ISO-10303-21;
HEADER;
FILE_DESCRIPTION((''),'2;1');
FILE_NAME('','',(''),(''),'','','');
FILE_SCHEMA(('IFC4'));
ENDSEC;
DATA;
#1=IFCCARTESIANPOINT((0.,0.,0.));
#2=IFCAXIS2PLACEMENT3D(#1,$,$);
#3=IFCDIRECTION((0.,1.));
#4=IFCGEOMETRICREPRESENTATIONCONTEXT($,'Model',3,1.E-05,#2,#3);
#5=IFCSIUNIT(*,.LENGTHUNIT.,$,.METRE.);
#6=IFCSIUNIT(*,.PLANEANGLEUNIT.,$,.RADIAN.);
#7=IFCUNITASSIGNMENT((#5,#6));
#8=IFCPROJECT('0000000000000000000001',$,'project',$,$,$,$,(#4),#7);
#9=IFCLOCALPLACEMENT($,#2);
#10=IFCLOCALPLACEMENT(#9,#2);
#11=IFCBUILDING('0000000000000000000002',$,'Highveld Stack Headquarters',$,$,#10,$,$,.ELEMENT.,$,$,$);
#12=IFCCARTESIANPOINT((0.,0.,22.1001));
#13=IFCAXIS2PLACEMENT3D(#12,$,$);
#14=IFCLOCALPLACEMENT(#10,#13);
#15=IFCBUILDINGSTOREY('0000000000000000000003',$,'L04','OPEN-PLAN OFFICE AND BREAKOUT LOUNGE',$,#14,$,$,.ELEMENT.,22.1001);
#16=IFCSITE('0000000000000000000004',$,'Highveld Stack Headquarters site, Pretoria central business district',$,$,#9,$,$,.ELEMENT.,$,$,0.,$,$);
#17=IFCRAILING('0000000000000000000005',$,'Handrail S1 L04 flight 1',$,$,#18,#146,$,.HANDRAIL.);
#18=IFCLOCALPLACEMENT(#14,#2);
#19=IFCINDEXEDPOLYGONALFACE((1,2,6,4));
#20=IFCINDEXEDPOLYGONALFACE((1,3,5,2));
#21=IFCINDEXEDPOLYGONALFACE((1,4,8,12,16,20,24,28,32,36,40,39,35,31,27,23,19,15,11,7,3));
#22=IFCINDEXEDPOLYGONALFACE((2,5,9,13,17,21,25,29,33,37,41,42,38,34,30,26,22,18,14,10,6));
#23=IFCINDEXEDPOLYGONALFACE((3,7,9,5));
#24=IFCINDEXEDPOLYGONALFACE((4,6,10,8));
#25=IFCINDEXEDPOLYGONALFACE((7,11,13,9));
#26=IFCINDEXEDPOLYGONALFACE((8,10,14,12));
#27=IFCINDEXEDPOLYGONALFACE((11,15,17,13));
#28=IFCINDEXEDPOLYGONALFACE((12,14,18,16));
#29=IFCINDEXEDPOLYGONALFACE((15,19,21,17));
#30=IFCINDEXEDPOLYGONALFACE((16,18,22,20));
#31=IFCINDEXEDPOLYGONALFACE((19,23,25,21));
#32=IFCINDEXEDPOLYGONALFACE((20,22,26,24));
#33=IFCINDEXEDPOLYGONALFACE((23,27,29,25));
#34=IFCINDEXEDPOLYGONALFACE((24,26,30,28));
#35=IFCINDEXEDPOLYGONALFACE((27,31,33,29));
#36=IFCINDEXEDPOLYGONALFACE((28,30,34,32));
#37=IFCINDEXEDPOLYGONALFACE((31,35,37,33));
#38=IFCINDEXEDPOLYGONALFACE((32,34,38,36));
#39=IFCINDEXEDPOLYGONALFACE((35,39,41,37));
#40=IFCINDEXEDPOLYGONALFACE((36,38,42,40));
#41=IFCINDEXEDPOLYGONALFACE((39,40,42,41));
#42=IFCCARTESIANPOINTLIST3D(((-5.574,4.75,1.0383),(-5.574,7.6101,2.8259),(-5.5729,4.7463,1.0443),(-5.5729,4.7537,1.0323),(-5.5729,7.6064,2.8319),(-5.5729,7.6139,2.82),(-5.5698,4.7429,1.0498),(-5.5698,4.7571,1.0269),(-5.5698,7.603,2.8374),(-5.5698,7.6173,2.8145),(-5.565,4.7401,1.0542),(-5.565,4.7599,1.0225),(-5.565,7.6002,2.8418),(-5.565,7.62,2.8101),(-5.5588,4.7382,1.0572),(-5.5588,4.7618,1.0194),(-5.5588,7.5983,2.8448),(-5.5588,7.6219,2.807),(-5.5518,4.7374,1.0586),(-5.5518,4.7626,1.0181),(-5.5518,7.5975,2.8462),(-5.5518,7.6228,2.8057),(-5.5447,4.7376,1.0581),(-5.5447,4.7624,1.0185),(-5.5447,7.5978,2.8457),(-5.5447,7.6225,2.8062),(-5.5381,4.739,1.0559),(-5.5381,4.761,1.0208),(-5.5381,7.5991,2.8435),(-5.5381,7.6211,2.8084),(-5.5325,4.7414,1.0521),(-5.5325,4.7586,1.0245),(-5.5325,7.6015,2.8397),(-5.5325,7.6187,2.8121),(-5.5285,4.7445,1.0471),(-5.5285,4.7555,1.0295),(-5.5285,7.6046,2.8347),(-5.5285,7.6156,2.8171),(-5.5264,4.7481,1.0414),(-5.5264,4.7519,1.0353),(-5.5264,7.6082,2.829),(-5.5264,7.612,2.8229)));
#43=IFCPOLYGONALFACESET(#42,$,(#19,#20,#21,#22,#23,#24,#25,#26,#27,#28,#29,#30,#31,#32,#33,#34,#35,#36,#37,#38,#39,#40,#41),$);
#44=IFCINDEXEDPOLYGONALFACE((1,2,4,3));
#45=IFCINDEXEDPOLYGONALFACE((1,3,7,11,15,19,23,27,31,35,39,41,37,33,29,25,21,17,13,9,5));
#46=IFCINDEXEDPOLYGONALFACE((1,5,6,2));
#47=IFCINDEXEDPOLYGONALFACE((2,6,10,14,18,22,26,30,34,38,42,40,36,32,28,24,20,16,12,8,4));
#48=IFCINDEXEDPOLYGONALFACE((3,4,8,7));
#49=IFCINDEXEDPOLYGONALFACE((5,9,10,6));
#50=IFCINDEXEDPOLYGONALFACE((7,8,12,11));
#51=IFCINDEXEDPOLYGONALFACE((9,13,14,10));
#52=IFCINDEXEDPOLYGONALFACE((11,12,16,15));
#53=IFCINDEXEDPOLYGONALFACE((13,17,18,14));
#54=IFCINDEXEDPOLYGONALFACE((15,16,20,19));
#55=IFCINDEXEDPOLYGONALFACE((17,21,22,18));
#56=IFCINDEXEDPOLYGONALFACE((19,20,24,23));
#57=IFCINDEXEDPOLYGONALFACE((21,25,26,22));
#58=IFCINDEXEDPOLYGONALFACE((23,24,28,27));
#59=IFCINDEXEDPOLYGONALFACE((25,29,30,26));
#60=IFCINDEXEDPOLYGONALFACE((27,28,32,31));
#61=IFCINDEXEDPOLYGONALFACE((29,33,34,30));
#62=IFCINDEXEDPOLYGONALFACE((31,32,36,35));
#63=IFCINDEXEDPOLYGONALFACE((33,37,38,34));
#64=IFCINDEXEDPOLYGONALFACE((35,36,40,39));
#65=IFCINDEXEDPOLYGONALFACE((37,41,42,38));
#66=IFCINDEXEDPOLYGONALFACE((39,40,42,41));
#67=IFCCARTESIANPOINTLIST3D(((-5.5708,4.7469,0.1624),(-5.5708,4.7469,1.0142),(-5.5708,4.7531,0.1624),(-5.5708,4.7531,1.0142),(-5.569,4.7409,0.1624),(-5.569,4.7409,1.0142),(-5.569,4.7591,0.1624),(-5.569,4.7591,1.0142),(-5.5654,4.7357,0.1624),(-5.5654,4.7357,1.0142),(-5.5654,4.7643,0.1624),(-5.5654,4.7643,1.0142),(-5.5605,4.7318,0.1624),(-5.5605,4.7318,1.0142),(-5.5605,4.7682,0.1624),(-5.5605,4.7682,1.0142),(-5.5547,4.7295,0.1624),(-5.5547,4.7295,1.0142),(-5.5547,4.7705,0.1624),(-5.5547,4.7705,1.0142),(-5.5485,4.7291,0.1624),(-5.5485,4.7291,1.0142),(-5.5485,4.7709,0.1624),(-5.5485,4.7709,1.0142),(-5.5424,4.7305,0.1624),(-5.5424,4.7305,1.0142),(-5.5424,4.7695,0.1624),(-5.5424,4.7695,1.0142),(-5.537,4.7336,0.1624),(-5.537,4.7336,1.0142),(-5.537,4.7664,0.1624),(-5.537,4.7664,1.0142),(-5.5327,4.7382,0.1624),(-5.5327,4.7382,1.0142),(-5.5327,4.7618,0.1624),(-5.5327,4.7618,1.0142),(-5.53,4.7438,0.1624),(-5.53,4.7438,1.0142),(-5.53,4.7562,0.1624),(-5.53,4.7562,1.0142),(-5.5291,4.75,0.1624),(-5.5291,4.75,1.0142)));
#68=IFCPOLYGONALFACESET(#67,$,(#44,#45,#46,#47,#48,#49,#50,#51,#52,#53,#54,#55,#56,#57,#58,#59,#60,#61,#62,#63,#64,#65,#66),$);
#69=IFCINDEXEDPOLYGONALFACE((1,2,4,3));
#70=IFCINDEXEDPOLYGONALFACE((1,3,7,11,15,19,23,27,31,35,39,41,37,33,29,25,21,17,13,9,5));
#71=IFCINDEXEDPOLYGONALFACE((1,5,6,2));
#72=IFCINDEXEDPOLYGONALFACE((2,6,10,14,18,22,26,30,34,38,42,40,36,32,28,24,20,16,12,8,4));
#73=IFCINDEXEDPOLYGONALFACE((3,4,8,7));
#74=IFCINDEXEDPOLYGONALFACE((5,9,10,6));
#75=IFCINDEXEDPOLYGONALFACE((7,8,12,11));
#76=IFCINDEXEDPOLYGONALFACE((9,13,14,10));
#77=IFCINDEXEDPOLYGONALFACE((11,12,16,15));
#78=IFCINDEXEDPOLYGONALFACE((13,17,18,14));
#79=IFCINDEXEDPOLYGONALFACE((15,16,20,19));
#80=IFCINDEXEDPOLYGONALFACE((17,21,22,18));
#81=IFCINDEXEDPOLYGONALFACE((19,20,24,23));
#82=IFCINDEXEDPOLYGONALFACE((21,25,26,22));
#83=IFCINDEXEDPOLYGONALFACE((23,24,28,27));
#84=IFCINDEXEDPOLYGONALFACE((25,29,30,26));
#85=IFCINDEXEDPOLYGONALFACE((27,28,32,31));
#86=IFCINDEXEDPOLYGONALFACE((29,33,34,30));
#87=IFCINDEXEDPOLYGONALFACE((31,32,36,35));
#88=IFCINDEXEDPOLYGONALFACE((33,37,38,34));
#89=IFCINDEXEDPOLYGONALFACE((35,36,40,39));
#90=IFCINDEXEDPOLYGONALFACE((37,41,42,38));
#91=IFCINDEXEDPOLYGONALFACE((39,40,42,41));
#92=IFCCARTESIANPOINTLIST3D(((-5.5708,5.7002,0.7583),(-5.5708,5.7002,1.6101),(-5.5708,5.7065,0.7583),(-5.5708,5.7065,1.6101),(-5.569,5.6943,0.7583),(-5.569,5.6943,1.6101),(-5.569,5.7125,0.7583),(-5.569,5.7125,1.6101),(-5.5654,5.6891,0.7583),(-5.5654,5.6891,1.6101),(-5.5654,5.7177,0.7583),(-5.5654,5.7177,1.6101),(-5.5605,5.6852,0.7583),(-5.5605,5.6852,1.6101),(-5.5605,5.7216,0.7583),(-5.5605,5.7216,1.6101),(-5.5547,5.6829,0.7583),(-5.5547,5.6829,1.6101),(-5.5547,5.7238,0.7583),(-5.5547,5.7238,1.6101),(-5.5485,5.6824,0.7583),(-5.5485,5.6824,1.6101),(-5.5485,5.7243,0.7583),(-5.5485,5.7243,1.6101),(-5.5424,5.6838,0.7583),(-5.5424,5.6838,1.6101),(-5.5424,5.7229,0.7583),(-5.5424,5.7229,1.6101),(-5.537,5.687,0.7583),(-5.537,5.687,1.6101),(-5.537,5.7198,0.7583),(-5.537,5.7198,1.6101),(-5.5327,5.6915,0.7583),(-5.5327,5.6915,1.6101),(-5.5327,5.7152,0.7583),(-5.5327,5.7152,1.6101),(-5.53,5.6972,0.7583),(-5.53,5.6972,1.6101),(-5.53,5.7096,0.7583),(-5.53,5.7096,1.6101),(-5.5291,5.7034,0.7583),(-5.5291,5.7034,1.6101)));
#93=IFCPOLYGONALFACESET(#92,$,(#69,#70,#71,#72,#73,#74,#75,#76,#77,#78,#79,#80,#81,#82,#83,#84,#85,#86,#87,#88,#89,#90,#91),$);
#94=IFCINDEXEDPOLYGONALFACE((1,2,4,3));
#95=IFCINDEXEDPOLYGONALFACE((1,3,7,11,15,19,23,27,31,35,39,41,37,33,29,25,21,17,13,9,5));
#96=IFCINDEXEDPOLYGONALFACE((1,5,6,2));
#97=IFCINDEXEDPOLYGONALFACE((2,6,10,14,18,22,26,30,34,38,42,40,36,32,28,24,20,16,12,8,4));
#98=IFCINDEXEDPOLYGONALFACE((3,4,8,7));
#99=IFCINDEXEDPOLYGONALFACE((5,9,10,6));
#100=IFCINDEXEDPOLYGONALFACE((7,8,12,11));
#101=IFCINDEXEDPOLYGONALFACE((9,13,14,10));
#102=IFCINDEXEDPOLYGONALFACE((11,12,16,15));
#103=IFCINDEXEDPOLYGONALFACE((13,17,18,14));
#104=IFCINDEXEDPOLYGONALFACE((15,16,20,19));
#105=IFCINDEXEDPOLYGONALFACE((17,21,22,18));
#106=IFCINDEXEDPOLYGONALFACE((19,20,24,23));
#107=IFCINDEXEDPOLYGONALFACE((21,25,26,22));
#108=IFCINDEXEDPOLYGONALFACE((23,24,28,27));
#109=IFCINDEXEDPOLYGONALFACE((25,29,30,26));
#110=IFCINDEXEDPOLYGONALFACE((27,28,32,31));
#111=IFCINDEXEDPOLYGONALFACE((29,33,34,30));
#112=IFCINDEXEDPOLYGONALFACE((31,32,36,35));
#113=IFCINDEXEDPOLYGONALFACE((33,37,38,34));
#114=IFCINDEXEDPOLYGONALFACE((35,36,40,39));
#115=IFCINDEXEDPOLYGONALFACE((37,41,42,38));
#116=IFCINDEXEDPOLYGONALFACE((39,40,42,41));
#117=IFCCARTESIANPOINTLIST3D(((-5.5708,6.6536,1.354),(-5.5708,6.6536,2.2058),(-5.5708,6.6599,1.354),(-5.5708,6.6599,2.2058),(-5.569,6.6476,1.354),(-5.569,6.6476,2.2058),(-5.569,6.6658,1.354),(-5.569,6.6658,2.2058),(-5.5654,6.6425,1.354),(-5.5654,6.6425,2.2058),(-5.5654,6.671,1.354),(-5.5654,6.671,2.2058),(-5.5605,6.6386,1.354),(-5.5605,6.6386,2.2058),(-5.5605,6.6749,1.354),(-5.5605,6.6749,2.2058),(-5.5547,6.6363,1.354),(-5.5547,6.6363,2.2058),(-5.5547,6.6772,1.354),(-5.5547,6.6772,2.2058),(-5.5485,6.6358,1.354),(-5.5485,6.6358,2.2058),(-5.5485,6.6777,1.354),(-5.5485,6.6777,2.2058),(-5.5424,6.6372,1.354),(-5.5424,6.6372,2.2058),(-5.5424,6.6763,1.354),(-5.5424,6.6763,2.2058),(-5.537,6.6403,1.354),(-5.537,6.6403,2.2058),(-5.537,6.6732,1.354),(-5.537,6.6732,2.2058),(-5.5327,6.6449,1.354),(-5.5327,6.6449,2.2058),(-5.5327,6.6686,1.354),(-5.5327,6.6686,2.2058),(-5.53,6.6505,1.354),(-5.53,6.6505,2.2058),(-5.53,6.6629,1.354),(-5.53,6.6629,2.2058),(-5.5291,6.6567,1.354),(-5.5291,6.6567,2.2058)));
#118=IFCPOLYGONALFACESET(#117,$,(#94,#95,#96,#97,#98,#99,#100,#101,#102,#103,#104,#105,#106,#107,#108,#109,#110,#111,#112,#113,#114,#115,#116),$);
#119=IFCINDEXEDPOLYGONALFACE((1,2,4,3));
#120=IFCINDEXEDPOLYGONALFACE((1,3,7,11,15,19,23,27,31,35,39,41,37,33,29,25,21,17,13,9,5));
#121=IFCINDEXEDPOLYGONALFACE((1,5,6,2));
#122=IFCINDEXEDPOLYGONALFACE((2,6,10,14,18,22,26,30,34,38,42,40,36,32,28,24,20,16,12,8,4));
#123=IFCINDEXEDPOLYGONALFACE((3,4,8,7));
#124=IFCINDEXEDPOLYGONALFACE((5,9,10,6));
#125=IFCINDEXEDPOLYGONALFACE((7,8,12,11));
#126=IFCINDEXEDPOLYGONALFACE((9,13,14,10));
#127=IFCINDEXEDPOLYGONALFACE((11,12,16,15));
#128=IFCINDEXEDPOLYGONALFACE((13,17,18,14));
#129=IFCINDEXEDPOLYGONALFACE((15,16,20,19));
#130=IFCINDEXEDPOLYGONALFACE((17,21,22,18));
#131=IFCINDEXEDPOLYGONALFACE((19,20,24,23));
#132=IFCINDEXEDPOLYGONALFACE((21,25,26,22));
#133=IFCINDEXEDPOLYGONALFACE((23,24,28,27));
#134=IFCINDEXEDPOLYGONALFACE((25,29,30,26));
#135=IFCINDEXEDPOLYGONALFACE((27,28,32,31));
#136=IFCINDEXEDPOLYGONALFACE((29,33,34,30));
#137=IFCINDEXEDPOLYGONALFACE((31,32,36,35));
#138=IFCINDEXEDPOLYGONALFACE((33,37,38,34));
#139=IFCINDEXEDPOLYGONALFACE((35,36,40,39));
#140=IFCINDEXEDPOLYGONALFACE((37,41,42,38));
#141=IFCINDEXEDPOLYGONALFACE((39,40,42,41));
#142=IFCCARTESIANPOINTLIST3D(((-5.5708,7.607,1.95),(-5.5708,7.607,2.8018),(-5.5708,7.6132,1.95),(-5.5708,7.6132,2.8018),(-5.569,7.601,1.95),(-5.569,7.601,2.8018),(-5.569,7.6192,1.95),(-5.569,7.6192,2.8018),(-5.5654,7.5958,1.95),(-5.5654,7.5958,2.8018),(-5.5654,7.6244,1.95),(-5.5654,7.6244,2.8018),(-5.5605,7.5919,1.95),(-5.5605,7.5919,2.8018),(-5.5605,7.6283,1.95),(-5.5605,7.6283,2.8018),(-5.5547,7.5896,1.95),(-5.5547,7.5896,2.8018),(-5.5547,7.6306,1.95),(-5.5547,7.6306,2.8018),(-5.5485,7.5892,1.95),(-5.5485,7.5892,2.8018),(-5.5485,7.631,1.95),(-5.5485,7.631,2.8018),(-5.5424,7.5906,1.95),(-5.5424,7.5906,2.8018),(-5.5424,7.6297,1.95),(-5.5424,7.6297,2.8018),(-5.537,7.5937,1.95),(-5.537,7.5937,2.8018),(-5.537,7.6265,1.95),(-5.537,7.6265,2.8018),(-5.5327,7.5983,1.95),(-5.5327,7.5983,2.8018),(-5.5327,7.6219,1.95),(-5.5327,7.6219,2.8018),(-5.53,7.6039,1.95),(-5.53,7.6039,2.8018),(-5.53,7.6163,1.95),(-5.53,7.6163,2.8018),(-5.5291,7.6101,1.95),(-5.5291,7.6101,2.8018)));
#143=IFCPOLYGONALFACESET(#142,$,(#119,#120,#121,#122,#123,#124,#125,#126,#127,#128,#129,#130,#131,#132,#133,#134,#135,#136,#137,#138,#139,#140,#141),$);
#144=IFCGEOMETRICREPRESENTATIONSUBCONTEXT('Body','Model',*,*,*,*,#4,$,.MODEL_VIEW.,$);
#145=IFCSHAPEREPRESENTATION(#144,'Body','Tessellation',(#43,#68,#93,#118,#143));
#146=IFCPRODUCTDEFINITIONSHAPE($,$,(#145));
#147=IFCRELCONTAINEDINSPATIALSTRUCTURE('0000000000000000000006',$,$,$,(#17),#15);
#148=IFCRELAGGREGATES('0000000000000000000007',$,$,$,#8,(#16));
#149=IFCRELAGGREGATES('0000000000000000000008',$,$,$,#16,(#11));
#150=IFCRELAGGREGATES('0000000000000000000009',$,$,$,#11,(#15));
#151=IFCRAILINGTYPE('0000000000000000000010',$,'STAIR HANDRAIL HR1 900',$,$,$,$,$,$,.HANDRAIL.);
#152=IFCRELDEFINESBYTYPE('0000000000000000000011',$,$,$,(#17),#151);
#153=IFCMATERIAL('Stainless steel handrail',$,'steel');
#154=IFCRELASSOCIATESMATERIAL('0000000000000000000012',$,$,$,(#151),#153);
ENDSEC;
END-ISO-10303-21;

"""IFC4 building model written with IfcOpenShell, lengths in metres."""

from ifc_helpers import new_model, si_unit, direction, frame, origin, origin_2d, place, context, subcontext, project, spatial, circle, extrude, material, type_object, element, save


model = new_model("IFC4")

# Units and contexts
model_context = context("Model", 3, precision=1e-05, world=origin(), true_north=direction((0.0, 1.0)))
body_context = subcontext(model_context, "Body", "Model", "MODEL_VIEW")
ifc_project = project(units=[si_unit("LENGTHUNIT", "METRE"), si_unit("PLANEANGLEUNIT", "RADIAN")], contexts=[model_context])

# Site, building, storey
site_placement = place(None, origin())
site = spatial("IfcSite", under=ifc_project, at=site_placement, Name="Highveld Stack Headquarters site, Pretoria central business district", CompositionType="ELEMENT", RefElevation=0.0)
building_placement = place(site_placement, origin())
building = spatial("IfcBuilding", under=site, at=building_placement, Name="Highveld Stack Headquarters", CompositionType="ELEMENT")
storey_placement = place(building_placement, frame((0.0, 0.0, 22.1001)))
storey = spatial("IfcBuildingStorey", under=building, at=storey_placement, Name="L04", Description="OPEN-PLAN OFFICE AND BREAKOUT LOUNGE", CompositionType="ELEMENT", Elevation=22.1001)

# Railing
ifc_material_1 = material(Name="Stainless steel handrail", Category="steel")
railing_type = type_object("IfcRailingType", Name="STAIR HANDRAIL HR1 900", PredefinedType="HANDRAIL", material=ifc_material_1)
for number, where, name in (
    (1, (-5.55, 4.75, 0.1624), "Handrail S1 L04 flight 1"),
):
    element("IfcRailing", number, at=place(storey_placement, frame(where)), inside=storey, type_object=railing_type, Name=name, PredefinedType="HANDRAIL", context=body_context, shape_type="SweptSolid", body=[
        extrude(circle(Radius=0.0239, at=origin_2d()), frame((0.0, 0.0, 0.876), z_axis=(0.0, 0.847994, 0.530005), x_axis=(-1.0, 0.0, 0.0)), (0.0, 0.0, 1.0), 3.3728),
        extrude(circle(Radius=0.021, at=origin_2d()), origin(), (0.0, 0.0, 1.0), 0.8518),
        extrude(circle(Radius=0.021, at=origin_2d()), frame((0.0, 0.9534, 0.5959)), (0.0, 0.0, 1.0), 0.8518),
        extrude(circle(Radius=0.021, at=origin_2d()), frame((0.0, 1.9067, 1.1917)), (0.0, 0.0, 1.0), 0.8518),
        extrude(circle(Radius=0.021, at=origin_2d()), frame((0.0, 2.8601, 1.7876)), (0.0, 0.0, 1.0), 0.8518),
    ])

save(model, "model.ifc")
